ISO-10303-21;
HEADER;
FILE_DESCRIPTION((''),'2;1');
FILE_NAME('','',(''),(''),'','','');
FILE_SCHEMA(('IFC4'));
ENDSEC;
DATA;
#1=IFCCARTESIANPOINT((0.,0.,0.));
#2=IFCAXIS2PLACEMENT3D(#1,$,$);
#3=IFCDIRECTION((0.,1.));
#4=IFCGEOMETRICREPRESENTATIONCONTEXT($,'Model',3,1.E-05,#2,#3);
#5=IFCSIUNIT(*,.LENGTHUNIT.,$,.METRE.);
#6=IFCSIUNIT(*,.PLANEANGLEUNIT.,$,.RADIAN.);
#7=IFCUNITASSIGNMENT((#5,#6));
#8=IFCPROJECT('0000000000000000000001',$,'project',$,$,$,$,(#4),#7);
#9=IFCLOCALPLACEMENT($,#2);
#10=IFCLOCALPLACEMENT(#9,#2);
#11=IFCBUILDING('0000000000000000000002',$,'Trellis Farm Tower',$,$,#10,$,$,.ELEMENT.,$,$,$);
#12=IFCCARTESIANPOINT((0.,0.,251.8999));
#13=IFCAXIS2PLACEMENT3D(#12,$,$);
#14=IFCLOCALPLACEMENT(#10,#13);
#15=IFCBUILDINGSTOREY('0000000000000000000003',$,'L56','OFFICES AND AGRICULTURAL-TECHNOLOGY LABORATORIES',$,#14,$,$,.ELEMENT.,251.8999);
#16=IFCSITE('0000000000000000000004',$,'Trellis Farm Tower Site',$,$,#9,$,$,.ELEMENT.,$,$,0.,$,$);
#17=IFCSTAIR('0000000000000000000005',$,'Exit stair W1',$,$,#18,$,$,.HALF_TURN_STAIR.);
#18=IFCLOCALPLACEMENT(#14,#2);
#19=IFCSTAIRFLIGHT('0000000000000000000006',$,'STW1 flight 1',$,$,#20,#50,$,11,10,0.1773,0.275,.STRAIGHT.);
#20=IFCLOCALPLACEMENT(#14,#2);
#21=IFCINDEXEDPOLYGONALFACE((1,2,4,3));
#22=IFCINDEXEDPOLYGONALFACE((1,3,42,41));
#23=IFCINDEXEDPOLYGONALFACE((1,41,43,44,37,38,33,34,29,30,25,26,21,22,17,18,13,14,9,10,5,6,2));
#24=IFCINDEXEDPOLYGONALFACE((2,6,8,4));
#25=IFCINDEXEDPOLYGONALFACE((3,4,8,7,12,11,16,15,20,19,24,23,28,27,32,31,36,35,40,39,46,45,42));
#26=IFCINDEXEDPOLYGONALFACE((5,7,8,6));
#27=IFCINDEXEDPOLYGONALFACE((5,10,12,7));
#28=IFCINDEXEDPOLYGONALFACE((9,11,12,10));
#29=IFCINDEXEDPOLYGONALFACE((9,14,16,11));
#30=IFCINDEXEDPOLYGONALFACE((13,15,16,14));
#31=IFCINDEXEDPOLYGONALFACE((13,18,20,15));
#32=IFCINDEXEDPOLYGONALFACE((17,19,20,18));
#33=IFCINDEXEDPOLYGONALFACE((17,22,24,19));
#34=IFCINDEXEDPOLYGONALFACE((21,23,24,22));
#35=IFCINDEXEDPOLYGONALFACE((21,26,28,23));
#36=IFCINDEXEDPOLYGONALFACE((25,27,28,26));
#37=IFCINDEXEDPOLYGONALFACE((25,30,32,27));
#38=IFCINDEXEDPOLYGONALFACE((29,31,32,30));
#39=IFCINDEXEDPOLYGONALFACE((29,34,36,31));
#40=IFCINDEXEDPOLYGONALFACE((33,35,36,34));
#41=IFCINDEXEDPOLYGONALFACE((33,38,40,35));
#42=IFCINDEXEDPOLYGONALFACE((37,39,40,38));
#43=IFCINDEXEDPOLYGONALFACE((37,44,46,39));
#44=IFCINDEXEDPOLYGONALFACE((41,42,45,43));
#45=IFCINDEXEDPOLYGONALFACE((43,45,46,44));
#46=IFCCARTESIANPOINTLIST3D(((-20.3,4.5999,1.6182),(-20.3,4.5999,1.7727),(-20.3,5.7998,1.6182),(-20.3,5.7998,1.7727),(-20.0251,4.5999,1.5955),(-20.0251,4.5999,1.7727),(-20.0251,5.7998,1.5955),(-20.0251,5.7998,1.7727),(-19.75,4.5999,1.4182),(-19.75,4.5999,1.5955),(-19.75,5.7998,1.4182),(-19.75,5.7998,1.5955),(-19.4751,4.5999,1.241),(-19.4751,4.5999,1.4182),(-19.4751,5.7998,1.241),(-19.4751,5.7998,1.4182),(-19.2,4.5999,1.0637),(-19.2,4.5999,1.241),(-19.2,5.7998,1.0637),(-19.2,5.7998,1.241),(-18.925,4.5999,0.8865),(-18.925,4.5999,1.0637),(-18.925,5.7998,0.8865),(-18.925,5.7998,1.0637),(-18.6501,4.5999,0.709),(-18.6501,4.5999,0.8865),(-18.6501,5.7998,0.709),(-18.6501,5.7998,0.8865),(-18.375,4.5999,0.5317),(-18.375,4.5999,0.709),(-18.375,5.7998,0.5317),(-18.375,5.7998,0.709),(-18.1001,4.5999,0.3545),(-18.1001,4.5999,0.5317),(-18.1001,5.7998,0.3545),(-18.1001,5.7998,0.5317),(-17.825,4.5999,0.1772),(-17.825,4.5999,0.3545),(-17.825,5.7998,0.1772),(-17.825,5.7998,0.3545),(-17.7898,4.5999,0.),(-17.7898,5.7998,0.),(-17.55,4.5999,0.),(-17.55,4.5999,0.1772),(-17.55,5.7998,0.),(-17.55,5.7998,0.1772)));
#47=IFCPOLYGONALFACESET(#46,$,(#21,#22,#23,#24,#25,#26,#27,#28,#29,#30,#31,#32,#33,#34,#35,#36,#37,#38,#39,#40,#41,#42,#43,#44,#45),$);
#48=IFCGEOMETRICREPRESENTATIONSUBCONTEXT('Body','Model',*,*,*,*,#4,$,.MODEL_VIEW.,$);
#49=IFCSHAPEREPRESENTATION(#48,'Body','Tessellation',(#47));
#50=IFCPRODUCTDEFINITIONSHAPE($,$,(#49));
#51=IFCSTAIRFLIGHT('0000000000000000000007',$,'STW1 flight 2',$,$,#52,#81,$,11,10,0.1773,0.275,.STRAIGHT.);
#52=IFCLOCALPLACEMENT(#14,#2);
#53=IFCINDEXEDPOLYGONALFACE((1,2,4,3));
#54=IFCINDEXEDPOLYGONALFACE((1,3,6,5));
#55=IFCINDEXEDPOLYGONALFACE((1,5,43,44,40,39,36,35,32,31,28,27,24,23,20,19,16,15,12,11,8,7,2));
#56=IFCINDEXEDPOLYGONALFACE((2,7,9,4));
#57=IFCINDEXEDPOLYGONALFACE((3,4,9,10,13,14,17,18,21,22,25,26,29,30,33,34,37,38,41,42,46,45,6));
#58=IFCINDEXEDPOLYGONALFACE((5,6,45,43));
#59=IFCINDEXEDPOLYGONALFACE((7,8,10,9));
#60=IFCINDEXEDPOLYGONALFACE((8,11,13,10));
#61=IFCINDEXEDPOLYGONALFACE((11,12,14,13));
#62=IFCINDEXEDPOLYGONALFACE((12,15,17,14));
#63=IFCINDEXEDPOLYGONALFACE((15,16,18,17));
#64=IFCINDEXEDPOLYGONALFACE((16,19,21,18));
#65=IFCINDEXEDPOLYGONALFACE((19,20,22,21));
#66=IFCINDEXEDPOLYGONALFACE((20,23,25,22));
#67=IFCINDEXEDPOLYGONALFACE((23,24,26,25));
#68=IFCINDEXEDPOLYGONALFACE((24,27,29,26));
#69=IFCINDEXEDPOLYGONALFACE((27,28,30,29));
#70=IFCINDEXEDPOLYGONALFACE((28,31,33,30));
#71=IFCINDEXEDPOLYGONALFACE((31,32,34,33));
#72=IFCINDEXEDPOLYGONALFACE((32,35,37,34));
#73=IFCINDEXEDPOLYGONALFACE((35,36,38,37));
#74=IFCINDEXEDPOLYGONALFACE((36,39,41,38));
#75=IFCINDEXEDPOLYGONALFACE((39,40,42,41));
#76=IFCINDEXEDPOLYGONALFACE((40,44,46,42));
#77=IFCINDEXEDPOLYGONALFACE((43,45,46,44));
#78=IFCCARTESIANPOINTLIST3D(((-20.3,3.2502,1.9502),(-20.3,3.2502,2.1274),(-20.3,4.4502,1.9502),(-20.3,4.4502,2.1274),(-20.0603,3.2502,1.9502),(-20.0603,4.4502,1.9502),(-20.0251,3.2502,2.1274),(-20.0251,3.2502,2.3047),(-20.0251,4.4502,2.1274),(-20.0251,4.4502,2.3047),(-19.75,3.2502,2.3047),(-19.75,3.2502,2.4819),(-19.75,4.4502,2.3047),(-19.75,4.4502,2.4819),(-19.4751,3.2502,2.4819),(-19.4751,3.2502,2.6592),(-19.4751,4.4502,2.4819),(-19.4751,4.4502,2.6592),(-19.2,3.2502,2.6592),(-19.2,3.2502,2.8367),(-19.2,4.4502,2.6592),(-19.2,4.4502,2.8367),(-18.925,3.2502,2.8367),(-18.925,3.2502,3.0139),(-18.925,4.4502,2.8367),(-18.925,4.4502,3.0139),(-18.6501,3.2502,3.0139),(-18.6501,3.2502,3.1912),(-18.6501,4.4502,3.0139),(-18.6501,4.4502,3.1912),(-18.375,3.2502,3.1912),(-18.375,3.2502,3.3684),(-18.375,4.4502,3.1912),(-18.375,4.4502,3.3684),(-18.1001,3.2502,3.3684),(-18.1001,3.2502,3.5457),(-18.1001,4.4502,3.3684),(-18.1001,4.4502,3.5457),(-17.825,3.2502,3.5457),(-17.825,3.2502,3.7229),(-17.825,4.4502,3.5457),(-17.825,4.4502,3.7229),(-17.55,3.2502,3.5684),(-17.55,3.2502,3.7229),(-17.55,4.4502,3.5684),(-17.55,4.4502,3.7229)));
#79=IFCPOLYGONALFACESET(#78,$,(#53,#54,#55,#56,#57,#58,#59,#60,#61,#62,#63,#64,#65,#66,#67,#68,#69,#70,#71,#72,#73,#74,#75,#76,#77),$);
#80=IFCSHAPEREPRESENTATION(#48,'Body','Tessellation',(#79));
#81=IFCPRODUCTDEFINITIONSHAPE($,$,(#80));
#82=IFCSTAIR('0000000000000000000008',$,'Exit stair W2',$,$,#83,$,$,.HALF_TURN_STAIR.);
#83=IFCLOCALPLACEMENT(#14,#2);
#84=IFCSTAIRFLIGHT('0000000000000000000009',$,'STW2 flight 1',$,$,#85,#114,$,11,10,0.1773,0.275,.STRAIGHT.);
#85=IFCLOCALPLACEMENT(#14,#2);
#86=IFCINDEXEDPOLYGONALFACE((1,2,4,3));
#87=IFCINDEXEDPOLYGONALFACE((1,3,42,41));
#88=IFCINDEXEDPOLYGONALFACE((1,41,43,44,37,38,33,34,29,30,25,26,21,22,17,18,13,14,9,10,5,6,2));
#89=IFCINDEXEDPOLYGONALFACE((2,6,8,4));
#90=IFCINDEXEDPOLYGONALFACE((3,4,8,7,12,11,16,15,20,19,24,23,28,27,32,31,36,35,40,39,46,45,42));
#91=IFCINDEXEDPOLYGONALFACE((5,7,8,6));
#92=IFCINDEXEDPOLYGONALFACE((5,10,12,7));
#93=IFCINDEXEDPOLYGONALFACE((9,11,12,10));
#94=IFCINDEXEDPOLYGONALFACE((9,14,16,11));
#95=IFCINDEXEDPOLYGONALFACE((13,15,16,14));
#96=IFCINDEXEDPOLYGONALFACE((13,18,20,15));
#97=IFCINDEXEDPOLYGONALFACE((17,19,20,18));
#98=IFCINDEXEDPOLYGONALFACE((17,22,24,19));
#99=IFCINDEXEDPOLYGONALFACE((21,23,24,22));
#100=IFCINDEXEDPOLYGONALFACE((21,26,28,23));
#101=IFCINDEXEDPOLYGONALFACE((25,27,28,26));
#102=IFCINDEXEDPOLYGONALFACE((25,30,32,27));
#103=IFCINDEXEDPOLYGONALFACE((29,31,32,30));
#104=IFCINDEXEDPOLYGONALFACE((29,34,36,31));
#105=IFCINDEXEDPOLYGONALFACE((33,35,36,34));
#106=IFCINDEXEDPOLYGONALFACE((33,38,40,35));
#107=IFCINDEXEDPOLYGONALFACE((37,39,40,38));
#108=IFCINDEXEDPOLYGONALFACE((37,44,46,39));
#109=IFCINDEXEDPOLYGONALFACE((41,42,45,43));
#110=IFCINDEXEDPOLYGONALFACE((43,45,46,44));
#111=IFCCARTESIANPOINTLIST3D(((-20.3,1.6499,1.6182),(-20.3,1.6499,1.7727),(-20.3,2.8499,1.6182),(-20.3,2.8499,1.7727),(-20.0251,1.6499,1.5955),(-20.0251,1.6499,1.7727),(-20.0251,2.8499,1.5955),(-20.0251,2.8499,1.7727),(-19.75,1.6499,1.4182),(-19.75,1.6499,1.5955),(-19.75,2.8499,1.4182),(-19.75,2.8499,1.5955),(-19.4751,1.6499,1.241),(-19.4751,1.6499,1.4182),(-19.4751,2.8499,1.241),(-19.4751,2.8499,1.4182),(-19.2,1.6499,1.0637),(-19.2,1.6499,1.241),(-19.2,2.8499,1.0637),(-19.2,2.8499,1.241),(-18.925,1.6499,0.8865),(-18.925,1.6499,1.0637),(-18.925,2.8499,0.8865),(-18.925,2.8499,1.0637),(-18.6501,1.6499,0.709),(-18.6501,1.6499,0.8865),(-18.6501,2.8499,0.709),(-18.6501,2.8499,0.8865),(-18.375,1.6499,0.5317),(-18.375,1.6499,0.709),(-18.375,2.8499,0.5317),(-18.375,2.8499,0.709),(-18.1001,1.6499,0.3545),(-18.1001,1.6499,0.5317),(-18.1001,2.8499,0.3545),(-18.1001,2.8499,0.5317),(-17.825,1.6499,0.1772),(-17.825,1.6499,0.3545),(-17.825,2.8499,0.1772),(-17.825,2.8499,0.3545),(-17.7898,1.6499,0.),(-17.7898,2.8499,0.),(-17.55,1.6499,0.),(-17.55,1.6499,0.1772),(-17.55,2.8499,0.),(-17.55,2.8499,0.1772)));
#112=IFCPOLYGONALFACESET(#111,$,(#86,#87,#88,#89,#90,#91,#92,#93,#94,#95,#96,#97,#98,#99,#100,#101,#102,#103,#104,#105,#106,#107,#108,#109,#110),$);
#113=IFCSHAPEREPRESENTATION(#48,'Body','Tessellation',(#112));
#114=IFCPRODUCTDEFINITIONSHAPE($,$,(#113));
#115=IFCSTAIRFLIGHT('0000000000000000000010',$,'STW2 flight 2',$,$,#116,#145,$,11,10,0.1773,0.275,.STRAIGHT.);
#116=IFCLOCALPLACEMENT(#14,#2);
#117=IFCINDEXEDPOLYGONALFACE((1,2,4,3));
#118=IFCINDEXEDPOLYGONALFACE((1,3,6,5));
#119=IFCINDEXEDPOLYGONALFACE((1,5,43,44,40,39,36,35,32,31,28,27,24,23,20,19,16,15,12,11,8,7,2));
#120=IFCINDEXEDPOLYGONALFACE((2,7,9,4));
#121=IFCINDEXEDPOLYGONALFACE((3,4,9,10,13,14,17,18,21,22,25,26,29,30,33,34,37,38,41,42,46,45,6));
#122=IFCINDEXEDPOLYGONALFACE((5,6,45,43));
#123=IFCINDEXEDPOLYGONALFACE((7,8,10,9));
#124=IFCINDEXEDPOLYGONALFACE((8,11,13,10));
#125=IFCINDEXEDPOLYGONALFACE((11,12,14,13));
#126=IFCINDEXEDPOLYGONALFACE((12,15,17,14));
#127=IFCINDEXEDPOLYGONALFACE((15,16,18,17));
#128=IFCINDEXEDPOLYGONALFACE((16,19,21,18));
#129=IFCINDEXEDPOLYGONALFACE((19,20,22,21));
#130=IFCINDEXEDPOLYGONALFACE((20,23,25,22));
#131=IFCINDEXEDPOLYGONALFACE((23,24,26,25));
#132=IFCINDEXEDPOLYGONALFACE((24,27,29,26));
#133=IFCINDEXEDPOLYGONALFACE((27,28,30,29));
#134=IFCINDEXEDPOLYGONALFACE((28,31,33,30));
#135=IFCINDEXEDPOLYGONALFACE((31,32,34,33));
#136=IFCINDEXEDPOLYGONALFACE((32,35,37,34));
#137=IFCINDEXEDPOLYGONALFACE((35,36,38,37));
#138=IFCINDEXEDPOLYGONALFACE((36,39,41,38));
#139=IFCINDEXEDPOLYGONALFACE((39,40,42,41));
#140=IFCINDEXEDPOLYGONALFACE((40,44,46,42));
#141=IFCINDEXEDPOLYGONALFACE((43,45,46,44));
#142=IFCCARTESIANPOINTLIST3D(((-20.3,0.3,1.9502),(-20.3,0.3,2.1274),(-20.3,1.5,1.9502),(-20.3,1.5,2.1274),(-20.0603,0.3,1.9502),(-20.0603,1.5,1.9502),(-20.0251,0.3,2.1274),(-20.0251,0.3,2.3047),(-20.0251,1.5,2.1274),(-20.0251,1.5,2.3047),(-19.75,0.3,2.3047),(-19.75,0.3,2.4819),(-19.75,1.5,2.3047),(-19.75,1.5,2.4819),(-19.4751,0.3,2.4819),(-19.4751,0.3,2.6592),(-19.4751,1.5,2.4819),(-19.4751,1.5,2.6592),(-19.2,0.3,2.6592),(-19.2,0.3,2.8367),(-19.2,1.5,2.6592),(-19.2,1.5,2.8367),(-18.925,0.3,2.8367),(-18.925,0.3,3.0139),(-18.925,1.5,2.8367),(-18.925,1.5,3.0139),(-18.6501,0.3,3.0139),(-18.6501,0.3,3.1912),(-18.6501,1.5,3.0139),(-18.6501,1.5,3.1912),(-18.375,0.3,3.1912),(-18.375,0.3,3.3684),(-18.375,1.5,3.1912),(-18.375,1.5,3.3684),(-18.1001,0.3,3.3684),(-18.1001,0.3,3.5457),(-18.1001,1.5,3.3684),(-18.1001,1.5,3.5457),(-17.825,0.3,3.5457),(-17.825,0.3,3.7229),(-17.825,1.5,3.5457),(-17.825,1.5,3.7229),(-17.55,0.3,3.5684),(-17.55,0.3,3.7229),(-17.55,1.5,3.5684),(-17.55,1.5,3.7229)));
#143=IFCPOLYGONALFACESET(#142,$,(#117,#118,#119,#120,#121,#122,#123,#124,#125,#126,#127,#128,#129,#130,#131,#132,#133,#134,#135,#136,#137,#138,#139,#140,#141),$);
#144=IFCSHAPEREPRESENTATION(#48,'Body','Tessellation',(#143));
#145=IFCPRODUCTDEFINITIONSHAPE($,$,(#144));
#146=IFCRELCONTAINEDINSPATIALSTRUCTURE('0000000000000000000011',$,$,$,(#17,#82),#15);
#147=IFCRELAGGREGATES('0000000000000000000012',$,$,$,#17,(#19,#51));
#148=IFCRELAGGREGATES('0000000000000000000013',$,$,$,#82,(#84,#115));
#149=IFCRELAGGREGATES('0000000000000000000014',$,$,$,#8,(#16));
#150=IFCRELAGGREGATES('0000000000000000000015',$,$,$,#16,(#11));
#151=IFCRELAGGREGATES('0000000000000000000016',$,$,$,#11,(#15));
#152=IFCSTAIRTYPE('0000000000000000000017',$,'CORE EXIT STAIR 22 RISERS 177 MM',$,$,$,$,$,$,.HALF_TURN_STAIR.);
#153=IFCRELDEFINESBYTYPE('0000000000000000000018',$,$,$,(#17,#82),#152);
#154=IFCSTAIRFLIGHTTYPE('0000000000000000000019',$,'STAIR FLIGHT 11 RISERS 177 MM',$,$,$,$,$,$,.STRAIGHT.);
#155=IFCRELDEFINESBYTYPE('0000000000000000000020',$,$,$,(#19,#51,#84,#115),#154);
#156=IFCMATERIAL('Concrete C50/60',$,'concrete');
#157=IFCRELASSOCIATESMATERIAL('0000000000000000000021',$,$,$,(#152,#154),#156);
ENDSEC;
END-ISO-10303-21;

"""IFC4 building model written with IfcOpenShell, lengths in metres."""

from ifc_helpers import new_model, si_unit, direction, frame, origin, place, context, subcontext, project, spatial, polyline, outline, extrude, source, transform, mapped, material, type_object, element, aggregate, save


model = new_model("IFC4")

# Units and contexts
model_context = context("Model", 3, precision=1e-05, world=origin(), true_north=direction((0.0, 1.0)))
body_context = subcontext(model_context, "Body", "Model", "MODEL_VIEW")
ifc_project = project(units=[si_unit("LENGTHUNIT", "METRE"), si_unit("PLANEANGLEUNIT", "RADIAN")], contexts=[model_context])

# Site, building, storey
site_placement = place(None, origin())
site = spatial("IfcSite", under=ifc_project, at=site_placement, Name="Trellis Farm Tower Site", CompositionType="ELEMENT", RefElevation=0.0)
building_placement = place(site_placement, origin())
building = spatial("IfcBuilding", under=site, at=building_placement, Name="Trellis Farm Tower", CompositionType="ELEMENT")
storey_placement = place(building_placement, frame((0.0, 0.0, 251.8999)))
storey = spatial("IfcBuildingStorey", under=building, at=storey_placement, Name="L56", Description="OFFICES AND AGRICULTURAL-TECHNOLOGY LABORATORIES", CompositionType="ELEMENT", Elevation=251.8999)

# Shared definitions
placement = place(storey_placement, origin())

# Stairs, stair flights
ifc_material_1 = material(Name="Concrete C50/60", Category="concrete")
stair_type = type_object("IfcStairType", Name="CORE EXIT STAIR 22 RISERS 177 MM", PredefinedType="HALF_TURN_STAIR", material=ifc_material_1)
stair_1 = element("IfcStair", 1, at=placement, inside=storey, type_object=stair_type, Name="Exit stair W1", PredefinedType="HALF_TURN_STAIR")
stair_flight_type = type_object("IfcStairFlightType", Name="STAIR FLIGHT 11 RISERS 177 MM", PredefinedType="STRAIGHT", material=ifc_material_1)
shared_shape_1 = source(origin(), body_context, "Body", "SweptSolid", [
    extrude(outline(polyline([(0.0, 0.0), (0.0, 0.1772), (0.2749, 0.1772), (0.2749, 0.3545), (0.55, 0.3545), (0.55, 0.5317), (0.825, 0.5317), (0.825, 0.709), (1.1001, 0.709), (1.1001, 0.8865), (1.375, 0.8865), (1.375, 1.0637), (1.6499, 1.0637), (1.6499, 1.241), (1.925, 1.241), (1.925, 1.4182), (2.2, 1.4182), (2.2, 1.5955), (2.4751, 1.5955), (2.4751, 1.7727), (2.75, 1.7727), (2.75, 1.95), (2.75, 1.6182), (0.2397, 0.0), (0.0, 0.0)])), frame((0.0, 0.6001, 0.0), z_axis=(0.0, -1.0, 0.0), x_axis=(1.0, 0.0, 0.0)), (0.0, 0.0, 1.0), 1.2),
])
stair_flight_1_placement = place(storey_placement, frame((-17.55, 5.2, 0.0), z_axis=(0.0, 0.0, 1.0), x_axis=(-1.0, 0.0, 0.0)))
stair_flight_1 = element("IfcStairFlight", 2, at=stair_flight_1_placement, type_object=stair_flight_type, Name="STW1 flight 1", NumberOfRisers=11, NumberOfTreads=10, PredefinedType="STRAIGHT", RiserHeight=0.1773, TreadLength=0.275, context=body_context, shape_type="MappedRepresentation", body=[
    mapped(shared_shape_1, transform((0.0, 0.0, 0.0))),
])
stair_flight_2_placement = place(storey_placement, frame((-20.3, 3.8501, 1.9502), z_axis=(0.0, 0.0, 1.0), x_axis=(1.0, 0.0, 0.0)))
stair_flight_2 = element("IfcStairFlight", 3, at=stair_flight_2_placement, type_object=stair_flight_type, Name="STW1 flight 2", NumberOfRisers=11, NumberOfTreads=10, PredefinedType="STRAIGHT", RiserHeight=0.1773, TreadLength=0.275, context=body_context, shape_type="MappedRepresentation", body=[
    mapped(shared_shape_1, transform((0.0, 0.0, 0.0))),
])
aggregate(stair_1, [stair_flight_1, stair_flight_2])
stair_2 = element("IfcStair", 4, at=placement, inside=storey, type_object=stair_type, Name="Exit stair W2", PredefinedType="HALF_TURN_STAIR")
stair_flight_3_placement = place(storey_placement, frame((-17.55, 2.25, 0.0), z_axis=(0.0, 0.0, 1.0), x_axis=(-1.0, 0.0, 0.0)))
stair_flight_3 = element("IfcStairFlight", 5, at=stair_flight_3_placement, type_object=stair_flight_type, Name="STW2 flight 1", NumberOfRisers=11, NumberOfTreads=10, PredefinedType="STRAIGHT", RiserHeight=0.1773, TreadLength=0.275, context=body_context, shape_type="MappedRepresentation", body=[
    mapped(shared_shape_1, transform((0.0, 0.0, 0.0))),
])
stair_flight_4_placement = place(storey_placement, frame((-20.3, 0.8999, 1.9502), z_axis=(0.0, 0.0, 1.0), x_axis=(1.0, 0.0, 0.0)))
stair_flight_4 = element("IfcStairFlight", 6, at=stair_flight_4_placement, type_object=stair_flight_type, Name="STW2 flight 2", NumberOfRisers=11, NumberOfTreads=10, PredefinedType="STRAIGHT", RiserHeight=0.1773, TreadLength=0.275, context=body_context, shape_type="MappedRepresentation", body=[
    mapped(shared_shape_1, transform((0.0, 0.0, 0.0))),
])
aggregate(stair_2, [stair_flight_3, stair_flight_4])

save(model, "model.ifc")
